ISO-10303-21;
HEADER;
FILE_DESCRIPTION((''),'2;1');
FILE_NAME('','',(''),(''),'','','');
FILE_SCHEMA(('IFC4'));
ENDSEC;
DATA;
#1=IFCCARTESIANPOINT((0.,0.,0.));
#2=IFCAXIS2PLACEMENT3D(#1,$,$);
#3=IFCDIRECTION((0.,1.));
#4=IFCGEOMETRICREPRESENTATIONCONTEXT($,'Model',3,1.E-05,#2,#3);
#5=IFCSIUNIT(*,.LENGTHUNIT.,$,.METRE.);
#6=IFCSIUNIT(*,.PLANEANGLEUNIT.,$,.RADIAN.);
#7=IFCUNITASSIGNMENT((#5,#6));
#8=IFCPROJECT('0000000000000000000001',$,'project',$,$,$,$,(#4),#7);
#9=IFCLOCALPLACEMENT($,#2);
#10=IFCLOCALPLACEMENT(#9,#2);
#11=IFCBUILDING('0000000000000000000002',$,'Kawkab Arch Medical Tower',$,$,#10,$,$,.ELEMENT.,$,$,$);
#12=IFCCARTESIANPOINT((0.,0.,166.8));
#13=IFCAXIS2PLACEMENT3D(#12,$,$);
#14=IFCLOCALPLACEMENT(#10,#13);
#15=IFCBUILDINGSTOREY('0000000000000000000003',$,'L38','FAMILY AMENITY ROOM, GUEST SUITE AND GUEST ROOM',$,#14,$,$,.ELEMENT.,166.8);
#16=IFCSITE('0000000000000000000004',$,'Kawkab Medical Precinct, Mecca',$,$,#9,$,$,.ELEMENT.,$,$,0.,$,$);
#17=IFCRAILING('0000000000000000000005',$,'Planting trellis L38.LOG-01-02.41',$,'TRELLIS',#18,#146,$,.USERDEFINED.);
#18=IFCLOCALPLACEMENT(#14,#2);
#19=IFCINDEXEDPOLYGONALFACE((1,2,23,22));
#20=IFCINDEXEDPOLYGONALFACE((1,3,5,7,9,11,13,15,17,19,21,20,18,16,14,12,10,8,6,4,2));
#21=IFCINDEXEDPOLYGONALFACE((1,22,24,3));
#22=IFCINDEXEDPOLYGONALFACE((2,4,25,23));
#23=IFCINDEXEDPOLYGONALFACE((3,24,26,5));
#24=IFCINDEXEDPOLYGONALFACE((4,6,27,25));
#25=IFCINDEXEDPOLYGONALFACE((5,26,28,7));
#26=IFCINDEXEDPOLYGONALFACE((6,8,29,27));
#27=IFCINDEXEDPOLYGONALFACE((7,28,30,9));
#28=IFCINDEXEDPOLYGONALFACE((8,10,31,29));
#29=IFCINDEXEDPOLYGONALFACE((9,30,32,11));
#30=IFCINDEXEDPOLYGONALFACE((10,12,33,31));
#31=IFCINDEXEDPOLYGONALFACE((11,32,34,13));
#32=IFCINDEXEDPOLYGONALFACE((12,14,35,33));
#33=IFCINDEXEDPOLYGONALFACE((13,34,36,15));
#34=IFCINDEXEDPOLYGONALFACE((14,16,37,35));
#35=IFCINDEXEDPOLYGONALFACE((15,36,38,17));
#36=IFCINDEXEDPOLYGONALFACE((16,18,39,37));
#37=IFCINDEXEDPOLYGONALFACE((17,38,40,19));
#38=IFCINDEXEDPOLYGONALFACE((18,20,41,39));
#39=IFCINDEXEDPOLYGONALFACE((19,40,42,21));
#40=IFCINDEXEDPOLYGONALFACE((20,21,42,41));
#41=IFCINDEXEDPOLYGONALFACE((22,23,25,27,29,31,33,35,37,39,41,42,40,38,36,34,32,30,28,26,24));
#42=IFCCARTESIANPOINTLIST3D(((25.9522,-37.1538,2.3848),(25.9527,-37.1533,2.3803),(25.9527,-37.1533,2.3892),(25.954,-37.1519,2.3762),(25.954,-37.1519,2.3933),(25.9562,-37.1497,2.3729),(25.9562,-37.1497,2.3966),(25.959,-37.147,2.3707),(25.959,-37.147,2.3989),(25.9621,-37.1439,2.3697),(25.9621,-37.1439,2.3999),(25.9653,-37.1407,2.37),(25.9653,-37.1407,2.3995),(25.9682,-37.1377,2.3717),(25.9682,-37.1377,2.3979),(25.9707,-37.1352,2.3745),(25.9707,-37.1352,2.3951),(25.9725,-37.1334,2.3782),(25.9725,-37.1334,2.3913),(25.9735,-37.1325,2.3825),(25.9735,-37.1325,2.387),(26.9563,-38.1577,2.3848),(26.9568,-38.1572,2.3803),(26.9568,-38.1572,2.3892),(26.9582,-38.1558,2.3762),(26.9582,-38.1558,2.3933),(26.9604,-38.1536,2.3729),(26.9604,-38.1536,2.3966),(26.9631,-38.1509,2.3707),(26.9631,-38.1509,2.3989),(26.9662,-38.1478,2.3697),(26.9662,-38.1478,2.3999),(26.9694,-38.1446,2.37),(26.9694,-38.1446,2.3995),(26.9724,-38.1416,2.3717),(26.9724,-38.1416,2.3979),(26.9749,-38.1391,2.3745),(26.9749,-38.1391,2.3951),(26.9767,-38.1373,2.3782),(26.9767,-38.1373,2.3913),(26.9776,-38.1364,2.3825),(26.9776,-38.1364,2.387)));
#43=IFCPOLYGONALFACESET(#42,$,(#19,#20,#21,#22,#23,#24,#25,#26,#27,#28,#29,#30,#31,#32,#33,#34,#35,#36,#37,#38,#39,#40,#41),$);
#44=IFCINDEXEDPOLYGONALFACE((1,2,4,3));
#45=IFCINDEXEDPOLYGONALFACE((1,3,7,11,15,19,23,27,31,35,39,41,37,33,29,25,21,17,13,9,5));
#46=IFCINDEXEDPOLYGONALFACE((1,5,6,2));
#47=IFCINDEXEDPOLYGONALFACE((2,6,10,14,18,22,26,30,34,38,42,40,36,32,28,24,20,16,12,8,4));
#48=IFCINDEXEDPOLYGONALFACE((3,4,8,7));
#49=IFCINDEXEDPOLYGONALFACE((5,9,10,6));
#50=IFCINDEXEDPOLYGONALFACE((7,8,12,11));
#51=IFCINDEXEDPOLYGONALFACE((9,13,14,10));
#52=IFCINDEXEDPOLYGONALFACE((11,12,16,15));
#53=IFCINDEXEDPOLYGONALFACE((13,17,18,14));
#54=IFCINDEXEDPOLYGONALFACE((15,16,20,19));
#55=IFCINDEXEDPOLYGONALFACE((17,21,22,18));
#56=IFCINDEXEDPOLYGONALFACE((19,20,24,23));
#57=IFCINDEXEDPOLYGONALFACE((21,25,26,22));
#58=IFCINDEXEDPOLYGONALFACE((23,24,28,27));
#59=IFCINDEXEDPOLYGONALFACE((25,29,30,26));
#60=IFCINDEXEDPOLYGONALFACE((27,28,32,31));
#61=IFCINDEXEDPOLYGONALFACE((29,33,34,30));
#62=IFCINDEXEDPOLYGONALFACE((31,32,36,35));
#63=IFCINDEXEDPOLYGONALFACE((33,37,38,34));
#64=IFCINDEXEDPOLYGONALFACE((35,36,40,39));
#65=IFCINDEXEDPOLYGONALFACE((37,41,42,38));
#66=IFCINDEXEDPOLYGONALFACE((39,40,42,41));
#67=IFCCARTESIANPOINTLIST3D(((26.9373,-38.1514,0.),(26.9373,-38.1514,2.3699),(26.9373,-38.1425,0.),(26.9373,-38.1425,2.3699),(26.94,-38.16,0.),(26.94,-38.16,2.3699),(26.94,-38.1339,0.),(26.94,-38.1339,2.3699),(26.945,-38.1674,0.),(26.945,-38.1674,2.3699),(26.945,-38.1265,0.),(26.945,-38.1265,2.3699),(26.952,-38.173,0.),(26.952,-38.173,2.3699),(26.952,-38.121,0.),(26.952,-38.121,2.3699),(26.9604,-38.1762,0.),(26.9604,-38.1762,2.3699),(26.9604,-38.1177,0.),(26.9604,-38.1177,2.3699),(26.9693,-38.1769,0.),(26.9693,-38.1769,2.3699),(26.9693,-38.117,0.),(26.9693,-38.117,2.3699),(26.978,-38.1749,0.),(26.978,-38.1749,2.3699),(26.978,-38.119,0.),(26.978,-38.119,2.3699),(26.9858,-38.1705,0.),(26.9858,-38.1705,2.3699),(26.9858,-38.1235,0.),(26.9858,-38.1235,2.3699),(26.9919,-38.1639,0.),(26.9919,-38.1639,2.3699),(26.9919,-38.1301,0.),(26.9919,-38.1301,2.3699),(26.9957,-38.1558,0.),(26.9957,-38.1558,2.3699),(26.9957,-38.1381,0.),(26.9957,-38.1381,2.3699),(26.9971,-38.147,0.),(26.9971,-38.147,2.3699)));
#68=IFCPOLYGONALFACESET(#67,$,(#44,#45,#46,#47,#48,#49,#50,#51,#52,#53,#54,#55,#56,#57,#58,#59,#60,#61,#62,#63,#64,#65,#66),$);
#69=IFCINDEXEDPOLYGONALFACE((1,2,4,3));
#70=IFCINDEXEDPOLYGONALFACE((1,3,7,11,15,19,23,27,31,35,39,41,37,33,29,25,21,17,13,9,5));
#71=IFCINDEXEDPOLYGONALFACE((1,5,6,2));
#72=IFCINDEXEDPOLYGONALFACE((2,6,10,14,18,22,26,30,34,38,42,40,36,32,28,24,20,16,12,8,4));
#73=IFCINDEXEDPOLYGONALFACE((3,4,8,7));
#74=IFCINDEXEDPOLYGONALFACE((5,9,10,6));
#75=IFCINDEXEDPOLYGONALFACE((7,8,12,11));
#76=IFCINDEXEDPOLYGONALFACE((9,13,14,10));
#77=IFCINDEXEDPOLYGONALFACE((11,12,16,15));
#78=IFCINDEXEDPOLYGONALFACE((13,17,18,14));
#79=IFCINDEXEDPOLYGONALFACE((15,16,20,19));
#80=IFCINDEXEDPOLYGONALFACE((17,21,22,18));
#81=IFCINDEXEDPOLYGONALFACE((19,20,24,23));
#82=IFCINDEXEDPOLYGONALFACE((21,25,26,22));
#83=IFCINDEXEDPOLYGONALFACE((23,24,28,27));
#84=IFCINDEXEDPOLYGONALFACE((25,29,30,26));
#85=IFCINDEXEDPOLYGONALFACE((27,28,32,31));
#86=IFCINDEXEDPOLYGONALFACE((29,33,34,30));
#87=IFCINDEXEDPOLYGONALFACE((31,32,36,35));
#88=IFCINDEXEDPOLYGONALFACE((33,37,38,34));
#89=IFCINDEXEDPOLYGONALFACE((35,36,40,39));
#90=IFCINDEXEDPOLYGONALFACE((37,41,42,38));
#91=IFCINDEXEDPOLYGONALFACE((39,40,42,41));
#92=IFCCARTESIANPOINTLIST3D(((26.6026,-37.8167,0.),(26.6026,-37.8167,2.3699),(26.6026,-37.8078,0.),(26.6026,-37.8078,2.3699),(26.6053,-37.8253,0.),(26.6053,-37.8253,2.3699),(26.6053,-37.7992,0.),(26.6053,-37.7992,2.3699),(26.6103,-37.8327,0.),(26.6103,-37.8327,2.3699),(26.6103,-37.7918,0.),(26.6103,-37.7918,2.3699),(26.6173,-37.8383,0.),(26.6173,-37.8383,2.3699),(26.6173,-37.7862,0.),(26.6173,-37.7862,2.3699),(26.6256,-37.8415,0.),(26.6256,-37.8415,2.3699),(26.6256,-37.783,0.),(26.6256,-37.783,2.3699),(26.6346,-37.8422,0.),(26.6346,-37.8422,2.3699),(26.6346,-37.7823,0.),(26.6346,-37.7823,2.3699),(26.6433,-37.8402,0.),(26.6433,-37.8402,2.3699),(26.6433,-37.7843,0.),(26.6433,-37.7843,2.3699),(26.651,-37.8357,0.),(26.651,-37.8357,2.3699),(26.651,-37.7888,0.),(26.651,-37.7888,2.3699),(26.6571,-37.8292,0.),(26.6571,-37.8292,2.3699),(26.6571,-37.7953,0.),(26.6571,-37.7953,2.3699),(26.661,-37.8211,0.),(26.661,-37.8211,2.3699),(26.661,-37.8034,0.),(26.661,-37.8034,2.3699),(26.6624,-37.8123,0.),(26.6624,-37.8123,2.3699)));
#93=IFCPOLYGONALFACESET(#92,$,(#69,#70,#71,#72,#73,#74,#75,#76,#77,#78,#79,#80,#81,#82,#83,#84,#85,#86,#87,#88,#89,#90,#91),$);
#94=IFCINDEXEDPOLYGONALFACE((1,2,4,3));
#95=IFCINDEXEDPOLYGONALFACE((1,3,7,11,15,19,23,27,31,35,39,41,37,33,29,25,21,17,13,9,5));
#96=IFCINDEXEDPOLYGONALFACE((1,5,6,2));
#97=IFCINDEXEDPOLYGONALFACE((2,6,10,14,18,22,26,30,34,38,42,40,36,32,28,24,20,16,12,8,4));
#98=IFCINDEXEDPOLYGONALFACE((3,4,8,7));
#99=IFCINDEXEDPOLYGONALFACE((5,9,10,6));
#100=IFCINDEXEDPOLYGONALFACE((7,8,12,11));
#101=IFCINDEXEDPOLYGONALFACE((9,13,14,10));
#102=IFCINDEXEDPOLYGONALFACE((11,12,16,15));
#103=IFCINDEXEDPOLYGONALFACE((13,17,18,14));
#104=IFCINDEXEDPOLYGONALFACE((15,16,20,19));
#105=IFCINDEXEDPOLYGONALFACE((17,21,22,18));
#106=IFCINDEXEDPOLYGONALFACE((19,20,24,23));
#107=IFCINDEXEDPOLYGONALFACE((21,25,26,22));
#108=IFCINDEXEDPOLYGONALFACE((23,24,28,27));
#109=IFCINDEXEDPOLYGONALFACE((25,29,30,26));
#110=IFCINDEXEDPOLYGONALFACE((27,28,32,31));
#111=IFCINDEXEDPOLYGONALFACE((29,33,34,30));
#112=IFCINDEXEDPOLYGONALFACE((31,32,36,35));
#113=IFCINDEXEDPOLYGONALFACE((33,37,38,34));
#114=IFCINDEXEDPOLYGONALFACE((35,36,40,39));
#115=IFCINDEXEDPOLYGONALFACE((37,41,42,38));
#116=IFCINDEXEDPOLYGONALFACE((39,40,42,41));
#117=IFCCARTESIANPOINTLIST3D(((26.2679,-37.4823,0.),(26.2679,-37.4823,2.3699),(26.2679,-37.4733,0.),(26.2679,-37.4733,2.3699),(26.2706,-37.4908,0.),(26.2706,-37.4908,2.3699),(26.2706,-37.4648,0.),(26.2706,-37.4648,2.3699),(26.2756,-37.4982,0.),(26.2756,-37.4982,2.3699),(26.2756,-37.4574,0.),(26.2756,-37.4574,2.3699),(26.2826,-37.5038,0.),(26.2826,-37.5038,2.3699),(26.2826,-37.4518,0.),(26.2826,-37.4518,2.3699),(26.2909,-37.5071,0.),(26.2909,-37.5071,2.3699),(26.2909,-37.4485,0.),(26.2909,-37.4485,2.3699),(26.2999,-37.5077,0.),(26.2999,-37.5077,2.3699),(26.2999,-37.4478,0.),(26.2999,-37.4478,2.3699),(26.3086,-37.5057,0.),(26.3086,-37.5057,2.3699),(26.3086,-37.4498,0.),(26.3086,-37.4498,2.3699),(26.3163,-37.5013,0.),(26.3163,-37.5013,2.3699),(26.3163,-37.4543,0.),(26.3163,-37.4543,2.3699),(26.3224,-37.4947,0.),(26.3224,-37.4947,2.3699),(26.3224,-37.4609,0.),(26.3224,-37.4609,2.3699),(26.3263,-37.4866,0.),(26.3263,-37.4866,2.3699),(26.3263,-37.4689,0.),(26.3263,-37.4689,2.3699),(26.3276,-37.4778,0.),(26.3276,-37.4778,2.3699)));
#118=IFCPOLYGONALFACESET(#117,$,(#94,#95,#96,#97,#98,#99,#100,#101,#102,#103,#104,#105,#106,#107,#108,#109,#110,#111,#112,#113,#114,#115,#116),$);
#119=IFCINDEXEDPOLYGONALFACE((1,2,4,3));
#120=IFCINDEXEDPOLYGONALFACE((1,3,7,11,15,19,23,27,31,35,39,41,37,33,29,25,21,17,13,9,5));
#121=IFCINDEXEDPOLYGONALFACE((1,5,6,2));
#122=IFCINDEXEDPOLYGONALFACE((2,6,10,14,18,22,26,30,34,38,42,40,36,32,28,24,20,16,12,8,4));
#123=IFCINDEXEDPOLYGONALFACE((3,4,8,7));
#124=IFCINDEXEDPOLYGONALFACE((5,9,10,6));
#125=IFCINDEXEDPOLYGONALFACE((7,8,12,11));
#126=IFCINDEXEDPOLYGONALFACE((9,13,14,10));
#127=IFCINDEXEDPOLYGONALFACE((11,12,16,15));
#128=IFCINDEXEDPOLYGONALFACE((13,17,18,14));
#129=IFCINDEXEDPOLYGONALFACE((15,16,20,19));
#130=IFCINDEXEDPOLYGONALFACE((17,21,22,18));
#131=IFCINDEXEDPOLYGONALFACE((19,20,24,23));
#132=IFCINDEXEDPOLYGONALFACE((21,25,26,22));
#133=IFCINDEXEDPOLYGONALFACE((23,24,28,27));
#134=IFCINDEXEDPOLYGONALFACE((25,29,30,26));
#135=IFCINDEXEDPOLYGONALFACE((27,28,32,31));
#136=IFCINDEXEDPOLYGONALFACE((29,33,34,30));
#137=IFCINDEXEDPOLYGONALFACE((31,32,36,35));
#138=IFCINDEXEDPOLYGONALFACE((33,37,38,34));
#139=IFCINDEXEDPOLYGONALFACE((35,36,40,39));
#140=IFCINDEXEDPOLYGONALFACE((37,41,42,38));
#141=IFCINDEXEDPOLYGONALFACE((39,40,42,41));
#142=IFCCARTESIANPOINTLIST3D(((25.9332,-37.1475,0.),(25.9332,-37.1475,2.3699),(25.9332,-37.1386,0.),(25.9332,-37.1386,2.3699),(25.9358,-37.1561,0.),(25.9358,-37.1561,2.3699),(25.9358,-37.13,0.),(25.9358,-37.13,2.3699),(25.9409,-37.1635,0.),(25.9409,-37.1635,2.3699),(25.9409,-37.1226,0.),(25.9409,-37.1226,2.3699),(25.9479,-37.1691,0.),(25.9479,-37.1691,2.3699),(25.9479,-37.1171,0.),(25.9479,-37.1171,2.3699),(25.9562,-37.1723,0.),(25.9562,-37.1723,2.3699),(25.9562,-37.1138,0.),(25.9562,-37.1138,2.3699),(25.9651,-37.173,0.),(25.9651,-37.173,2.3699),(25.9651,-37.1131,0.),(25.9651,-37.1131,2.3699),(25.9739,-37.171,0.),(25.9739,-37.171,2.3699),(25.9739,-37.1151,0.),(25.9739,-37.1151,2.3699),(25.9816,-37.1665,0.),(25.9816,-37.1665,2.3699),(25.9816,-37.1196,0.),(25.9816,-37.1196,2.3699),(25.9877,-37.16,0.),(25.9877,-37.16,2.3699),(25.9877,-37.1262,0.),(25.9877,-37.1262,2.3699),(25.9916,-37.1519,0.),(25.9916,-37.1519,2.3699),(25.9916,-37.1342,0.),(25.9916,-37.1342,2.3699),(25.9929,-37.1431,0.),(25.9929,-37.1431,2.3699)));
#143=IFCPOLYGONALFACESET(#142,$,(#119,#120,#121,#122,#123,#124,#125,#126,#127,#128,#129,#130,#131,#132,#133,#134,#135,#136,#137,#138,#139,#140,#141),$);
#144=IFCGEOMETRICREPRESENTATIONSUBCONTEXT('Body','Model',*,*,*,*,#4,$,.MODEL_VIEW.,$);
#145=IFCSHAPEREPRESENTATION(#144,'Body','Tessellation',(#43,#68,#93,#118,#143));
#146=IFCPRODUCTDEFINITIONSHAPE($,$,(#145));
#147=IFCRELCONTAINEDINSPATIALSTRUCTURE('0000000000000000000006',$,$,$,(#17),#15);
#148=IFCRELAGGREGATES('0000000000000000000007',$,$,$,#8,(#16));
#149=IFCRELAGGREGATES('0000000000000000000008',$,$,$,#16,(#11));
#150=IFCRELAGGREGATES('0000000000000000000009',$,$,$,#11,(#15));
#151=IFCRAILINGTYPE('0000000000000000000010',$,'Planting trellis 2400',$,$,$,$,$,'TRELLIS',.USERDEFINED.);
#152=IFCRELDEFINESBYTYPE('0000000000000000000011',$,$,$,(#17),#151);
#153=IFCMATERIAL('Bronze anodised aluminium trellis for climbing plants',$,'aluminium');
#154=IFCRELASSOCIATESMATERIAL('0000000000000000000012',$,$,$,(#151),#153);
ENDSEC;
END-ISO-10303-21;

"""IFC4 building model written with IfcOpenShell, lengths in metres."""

from ifc_helpers import new_model, si_unit, direction, frame, origin, origin_2d, place, context, subcontext, project, spatial, circle, extrude, material, type_object, element, save


model = new_model("IFC4")

# Units and contexts
model_context = context("Model", 3, precision=1e-05, world=origin(), true_north=direction((0.0, 1.0)))
body_context = subcontext(model_context, "Body", "Model", "MODEL_VIEW")
ifc_project = project(units=[si_unit("LENGTHUNIT", "METRE"), si_unit("PLANEANGLEUNIT", "RADIAN")], contexts=[model_context])

# Site, building, storey
site_placement = place(None, origin())
site = spatial("IfcSite", under=ifc_project, at=site_placement, Name="Kawkab Medical Precinct, Mecca", CompositionType="ELEMENT", RefElevation=0.0)
building_placement = place(site_placement, origin())
building = spatial("IfcBuilding", under=site, at=building_placement, Name="Kawkab Arch Medical Tower", CompositionType="ELEMENT")
storey_placement = place(building_placement, frame((0.0, 0.0, 166.8)))
storey = spatial("IfcBuildingStorey", under=building, at=storey_placement, Name="L38", Description="FAMILY AMENITY ROOM, GUEST SUITE AND GUEST ROOM", CompositionType="ELEMENT", Elevation=166.8)

# Railing
ifc_material_1 = material(Name="Bronze anodised aluminium trellis for climbing plants", Category="aluminium")
railing_type = type_object("IfcRailingType", Name="Planting trellis 2400", ElementType="TRELLIS", PredefinedType="USERDEFINED", material=ifc_material_1)
railing_1_placement = place(storey_placement, frame((26.967, -38.147, 0.0)))
element("IfcRailing", 1, at=railing_1_placement, inside=storey, type_object=railing_type, Name="Planting trellis L38.LOG-01-02.41", ObjectType="TRELLIS", PredefinedType="USERDEFINED", context=body_context, shape_type="SweptSolid", body=[
    extrude(circle(Radius=0.0151, at=origin_2d()), frame((0.0, 0.0, 2.3848), z_axis=(-0.707193, 0.707021, 0.0), x_axis=(-0.707021, -0.707193, 0.0)), (0.0, 0.0, 1.0), 1.4199),
    extrude(circle(Radius=0.03, at=origin_2d()), origin(), (0.0, 0.0, 1.0), 2.3699),
    extrude(circle(Radius=0.03, at=origin_2d()), frame((-0.3347, 0.3347, 0.0)), (0.0, 0.0, 1.0), 2.3699),
    extrude(circle(Radius=0.03, at=origin_2d()), frame((-0.6694, 0.6692, 0.0)), (0.0, 0.0, 1.0), 2.3699),
    extrude(circle(Radius=0.03, at=origin_2d()), frame((-1.0042, 1.0039, 0.0)), (0.0, 0.0, 1.0), 2.3699),
])

save(model, "model.ifc")
